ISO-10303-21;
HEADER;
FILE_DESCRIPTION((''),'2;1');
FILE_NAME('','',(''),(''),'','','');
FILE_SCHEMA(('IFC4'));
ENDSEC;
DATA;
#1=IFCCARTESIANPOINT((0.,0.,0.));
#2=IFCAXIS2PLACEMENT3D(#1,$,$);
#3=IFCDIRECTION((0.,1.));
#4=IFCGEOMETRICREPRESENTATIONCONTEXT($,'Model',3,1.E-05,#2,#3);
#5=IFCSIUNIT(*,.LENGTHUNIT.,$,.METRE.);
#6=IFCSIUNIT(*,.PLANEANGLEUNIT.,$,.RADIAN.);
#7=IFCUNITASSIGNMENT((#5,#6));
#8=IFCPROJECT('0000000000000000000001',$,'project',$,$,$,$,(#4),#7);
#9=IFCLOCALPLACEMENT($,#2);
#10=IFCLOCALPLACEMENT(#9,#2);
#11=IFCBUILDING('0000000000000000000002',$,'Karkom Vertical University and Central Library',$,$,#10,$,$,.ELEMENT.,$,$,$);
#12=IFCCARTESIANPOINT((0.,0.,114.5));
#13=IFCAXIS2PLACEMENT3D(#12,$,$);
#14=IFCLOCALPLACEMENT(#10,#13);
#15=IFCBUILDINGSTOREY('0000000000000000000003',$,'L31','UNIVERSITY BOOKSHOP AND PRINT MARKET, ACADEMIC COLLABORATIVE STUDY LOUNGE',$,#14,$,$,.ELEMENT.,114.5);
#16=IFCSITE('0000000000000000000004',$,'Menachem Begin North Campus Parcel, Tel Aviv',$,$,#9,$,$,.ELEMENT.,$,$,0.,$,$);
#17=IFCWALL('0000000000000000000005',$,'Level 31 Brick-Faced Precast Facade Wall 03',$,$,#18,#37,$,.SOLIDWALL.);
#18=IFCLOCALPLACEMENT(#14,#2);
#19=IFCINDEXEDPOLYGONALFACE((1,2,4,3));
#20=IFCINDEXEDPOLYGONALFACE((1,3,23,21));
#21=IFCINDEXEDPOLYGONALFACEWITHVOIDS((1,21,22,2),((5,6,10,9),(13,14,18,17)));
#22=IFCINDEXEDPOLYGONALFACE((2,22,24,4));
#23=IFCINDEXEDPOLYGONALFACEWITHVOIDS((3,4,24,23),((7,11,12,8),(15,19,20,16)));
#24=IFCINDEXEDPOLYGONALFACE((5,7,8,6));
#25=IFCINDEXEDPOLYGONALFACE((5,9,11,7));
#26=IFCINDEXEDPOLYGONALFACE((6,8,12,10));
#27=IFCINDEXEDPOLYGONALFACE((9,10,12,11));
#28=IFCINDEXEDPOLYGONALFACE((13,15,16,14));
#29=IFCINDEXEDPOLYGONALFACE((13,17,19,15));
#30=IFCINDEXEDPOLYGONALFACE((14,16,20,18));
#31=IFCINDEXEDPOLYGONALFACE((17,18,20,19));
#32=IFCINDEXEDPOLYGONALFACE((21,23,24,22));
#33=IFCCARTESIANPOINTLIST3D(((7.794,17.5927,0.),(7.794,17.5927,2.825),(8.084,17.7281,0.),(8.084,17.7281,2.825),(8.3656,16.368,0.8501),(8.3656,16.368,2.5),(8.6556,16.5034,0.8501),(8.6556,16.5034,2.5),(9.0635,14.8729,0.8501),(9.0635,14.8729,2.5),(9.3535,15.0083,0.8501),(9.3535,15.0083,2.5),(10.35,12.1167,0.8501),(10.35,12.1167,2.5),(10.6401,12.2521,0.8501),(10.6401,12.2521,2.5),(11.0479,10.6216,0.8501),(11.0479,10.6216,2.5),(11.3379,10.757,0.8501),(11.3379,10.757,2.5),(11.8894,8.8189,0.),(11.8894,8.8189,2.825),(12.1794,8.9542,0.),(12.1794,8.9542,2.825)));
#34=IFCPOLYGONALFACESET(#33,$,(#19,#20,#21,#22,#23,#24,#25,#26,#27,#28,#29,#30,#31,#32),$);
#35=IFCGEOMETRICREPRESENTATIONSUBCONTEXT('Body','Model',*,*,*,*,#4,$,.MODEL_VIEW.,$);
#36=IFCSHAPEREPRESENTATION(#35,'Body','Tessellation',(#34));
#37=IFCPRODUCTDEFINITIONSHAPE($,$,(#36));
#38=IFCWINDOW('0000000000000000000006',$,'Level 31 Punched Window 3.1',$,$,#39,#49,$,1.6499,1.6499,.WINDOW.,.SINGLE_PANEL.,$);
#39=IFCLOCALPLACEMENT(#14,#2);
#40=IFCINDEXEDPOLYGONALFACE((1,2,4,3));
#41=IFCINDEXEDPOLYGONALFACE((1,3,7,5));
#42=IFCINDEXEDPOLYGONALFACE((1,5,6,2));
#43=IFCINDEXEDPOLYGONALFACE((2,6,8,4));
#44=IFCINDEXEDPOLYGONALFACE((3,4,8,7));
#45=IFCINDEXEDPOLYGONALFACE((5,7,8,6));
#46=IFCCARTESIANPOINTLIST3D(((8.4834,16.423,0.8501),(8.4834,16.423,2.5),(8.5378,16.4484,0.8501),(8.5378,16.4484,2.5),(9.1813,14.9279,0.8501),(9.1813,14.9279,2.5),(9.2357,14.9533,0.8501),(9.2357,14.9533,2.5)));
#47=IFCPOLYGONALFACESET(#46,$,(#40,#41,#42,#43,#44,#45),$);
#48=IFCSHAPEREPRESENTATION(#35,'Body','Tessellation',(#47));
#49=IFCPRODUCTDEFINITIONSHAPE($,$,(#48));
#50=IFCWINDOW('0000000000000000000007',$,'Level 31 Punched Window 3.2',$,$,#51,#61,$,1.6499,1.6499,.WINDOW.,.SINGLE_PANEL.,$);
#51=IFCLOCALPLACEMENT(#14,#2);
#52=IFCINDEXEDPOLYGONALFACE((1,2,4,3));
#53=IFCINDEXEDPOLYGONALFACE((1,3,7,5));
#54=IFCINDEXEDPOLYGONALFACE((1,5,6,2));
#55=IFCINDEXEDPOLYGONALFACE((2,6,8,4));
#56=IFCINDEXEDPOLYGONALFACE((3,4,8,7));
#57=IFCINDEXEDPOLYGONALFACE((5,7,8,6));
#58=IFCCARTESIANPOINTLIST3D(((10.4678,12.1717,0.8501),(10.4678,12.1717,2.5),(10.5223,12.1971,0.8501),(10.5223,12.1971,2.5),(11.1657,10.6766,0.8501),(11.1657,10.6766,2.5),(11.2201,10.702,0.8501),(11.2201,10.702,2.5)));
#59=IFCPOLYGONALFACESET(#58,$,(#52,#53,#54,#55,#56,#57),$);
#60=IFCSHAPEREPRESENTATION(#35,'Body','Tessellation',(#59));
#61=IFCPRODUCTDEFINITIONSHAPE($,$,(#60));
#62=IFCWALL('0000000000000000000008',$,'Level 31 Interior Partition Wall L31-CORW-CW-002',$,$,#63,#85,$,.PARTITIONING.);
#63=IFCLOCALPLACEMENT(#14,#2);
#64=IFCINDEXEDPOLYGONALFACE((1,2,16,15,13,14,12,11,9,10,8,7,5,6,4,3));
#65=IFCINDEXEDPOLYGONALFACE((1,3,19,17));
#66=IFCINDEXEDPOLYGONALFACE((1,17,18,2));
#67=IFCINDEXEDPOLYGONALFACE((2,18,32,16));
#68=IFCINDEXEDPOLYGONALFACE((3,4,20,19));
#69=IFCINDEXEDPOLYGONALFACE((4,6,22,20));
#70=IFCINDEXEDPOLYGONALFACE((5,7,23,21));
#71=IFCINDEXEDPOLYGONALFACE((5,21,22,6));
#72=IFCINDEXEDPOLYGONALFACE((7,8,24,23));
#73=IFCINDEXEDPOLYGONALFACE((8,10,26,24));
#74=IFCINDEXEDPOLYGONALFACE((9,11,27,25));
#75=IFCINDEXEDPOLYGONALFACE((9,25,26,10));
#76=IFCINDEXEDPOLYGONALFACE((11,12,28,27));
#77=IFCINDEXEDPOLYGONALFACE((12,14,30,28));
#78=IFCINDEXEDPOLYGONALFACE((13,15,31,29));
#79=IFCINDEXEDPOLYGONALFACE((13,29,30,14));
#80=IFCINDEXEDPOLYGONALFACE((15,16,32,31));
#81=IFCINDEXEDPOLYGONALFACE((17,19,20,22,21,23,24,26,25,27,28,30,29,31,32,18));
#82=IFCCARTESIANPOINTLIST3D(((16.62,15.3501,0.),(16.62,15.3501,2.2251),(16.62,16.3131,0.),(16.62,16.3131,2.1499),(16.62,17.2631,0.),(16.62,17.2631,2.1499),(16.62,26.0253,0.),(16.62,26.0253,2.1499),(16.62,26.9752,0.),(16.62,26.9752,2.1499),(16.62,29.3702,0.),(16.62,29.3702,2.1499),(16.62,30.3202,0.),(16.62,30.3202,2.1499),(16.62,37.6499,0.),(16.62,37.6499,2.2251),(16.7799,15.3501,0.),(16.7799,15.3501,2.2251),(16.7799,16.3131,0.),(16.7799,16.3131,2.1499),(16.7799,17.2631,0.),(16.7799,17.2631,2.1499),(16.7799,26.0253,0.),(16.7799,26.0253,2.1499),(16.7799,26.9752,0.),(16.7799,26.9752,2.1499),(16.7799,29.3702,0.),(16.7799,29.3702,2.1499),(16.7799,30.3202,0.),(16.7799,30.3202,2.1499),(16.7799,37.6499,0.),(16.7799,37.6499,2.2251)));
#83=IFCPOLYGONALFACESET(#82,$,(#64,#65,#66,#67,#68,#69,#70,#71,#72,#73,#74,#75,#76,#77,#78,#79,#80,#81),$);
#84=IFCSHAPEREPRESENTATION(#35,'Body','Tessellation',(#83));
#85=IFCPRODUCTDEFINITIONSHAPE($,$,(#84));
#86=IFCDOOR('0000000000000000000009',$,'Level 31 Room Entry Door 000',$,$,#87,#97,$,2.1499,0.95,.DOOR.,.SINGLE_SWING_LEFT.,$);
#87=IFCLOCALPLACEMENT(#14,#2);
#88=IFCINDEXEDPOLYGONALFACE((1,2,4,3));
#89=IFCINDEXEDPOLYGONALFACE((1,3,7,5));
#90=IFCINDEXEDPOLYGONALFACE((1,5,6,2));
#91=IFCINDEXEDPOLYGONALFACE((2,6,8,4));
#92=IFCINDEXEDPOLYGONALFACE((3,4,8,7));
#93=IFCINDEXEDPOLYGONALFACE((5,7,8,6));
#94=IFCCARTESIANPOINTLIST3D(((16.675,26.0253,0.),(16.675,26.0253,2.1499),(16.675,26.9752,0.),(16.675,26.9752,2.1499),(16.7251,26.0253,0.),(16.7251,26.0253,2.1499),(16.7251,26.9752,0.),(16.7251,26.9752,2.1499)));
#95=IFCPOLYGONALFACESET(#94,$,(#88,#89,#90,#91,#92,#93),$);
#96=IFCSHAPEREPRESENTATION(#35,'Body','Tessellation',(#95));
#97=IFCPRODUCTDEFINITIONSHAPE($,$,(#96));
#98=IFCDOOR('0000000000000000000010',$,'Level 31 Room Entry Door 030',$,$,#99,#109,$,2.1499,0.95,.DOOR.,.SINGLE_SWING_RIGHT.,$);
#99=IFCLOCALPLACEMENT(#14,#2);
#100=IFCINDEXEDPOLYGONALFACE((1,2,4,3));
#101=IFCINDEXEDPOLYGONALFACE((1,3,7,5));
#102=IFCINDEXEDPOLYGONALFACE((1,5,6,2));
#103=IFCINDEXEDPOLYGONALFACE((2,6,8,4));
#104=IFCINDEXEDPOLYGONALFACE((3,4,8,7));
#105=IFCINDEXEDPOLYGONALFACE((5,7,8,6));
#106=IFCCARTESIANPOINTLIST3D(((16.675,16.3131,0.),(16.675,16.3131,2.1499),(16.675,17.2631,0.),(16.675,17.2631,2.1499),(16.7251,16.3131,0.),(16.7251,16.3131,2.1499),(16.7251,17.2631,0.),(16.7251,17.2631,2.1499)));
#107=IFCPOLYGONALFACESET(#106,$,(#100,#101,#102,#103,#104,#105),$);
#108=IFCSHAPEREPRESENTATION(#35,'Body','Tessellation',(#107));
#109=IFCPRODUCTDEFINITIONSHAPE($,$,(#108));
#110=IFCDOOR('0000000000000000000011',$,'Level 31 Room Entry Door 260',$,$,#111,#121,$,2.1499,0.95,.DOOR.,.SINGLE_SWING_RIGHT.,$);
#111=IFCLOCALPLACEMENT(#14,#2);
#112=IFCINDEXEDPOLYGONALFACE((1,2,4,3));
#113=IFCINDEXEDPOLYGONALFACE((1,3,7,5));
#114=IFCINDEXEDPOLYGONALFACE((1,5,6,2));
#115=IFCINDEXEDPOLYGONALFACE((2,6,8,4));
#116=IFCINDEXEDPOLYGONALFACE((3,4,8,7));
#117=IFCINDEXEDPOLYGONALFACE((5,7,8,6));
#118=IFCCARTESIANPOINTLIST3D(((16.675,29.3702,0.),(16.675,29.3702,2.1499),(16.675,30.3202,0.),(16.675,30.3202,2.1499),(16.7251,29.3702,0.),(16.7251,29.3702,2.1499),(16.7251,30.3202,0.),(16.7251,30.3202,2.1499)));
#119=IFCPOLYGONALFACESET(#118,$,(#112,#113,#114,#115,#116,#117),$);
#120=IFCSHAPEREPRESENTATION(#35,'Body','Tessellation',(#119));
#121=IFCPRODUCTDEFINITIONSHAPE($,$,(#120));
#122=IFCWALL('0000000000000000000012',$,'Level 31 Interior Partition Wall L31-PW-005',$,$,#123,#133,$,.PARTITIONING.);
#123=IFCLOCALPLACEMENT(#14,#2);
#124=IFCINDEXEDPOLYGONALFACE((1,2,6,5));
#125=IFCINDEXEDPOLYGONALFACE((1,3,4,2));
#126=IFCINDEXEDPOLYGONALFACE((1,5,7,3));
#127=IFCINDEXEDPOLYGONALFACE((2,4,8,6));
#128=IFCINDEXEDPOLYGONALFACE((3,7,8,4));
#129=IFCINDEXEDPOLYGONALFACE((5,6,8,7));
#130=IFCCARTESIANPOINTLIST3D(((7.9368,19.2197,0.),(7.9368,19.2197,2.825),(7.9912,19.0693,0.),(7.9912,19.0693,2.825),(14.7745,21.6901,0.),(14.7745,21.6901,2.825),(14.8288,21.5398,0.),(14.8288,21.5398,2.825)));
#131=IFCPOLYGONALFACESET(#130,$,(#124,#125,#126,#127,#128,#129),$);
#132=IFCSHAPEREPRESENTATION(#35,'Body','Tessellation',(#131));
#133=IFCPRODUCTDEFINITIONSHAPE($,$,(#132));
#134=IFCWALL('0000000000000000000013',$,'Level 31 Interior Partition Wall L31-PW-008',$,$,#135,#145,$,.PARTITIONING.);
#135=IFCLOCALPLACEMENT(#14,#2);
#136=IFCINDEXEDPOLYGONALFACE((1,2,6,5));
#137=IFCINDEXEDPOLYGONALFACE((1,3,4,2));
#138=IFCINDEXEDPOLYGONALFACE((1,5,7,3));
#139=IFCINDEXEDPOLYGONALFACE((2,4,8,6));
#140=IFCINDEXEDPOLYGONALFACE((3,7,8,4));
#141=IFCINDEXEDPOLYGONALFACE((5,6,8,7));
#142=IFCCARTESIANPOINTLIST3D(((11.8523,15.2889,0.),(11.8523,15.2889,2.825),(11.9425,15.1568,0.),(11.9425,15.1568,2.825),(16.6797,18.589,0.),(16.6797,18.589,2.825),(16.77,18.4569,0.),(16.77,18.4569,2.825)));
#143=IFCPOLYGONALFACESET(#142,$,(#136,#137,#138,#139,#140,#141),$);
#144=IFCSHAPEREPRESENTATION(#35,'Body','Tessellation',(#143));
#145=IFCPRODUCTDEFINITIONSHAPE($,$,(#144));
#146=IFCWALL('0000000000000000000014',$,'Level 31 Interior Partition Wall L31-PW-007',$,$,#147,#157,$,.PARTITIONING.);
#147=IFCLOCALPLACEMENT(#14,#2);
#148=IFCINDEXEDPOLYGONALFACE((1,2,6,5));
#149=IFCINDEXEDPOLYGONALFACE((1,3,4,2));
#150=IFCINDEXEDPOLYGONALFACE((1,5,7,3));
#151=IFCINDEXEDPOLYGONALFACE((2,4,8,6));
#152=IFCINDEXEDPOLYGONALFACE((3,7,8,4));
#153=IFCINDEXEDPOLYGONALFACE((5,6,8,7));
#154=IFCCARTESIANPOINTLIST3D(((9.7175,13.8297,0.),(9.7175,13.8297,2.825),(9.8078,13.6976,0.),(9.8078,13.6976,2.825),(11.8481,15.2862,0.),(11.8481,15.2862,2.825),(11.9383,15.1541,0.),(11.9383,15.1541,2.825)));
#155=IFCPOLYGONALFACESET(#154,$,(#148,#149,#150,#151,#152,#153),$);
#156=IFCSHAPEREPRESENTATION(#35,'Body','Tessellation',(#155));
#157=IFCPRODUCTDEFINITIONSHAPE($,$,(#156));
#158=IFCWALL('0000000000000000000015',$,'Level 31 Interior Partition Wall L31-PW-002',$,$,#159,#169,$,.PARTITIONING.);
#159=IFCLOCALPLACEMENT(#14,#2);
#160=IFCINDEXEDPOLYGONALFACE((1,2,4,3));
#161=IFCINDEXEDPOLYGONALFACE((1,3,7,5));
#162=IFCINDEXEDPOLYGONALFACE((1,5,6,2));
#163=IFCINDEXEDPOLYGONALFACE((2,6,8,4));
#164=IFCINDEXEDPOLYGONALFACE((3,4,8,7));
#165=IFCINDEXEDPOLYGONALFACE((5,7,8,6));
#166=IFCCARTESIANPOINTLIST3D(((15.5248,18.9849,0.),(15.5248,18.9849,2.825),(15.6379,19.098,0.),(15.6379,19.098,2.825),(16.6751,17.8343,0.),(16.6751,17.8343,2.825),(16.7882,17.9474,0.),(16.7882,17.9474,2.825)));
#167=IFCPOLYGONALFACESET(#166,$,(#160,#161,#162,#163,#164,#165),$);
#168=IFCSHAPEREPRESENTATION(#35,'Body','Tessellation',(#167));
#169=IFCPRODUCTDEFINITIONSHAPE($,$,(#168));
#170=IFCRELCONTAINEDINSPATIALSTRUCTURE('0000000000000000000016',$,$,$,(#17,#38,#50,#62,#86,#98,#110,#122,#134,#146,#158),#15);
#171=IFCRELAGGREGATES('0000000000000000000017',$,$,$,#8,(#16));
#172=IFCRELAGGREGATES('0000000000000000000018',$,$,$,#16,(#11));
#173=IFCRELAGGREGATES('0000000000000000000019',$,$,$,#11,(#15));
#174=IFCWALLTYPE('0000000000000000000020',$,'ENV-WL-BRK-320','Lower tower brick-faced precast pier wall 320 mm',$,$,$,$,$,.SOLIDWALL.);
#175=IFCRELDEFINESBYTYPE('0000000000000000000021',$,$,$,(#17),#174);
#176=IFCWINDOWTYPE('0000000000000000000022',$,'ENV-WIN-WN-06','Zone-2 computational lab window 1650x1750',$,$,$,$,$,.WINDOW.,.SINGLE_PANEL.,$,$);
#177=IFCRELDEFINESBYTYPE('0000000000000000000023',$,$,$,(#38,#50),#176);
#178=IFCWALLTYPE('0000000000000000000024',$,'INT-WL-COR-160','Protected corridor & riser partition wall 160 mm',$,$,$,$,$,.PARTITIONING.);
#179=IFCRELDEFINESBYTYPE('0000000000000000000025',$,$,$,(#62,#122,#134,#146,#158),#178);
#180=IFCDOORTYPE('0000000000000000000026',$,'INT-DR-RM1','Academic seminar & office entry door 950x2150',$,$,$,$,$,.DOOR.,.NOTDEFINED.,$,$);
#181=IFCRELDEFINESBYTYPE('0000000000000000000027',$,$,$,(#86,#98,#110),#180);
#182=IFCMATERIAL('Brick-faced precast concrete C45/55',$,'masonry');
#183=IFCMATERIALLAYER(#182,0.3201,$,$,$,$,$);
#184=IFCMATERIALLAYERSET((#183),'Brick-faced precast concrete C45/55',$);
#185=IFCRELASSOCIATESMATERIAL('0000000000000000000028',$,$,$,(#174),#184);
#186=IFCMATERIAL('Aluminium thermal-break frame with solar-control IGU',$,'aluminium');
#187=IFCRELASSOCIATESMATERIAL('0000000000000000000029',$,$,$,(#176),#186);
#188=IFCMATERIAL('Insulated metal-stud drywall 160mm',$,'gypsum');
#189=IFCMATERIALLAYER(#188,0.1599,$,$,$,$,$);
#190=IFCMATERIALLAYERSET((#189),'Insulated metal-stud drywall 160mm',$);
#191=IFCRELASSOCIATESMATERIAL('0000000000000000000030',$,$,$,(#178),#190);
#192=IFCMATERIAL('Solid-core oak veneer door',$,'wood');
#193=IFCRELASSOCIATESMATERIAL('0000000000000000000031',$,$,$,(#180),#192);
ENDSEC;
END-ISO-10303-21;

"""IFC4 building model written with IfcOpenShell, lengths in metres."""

from ifc_helpers import new_model, si_unit, direction, frame, frame_2d, origin, origin_with_axes, place, context, subcontext, project, spatial, rectangle, extrude, source, transform, mapped, material, layer, layer_set, type_object, element, fill, save


model = new_model("IFC4")

# Units and contexts
model_context = context("Model", 3, precision=1e-05, world=origin(), true_north=direction((0.0, 1.0)))
body_context = subcontext(model_context, "Body", "Model", "MODEL_VIEW")
ifc_project = project(units=[si_unit("LENGTHUNIT", "METRE"), si_unit("PLANEANGLEUNIT", "RADIAN")], contexts=[model_context])

# Site, building, storey
site_placement = place(None, origin())
site = spatial("IfcSite", under=ifc_project, at=site_placement, Name="Menachem Begin North Campus Parcel, Tel Aviv", CompositionType="ELEMENT", RefElevation=0.0)
building_placement = place(site_placement, origin())
building = spatial("IfcBuilding", under=site, at=building_placement, Name="Karkom Vertical University and Central Library", CompositionType="ELEMENT")
storey_placement = place(building_placement, frame((0.0, 0.0, 114.5)))
storey = spatial("IfcBuildingStorey", under=building, at=storey_placement, Name="L31", Description="UNIVERSITY BOOKSHOP AND PRINT MARKET, ACADEMIC COLLABORATIVE STUDY LOUNGE", CompositionType="ELEMENT", Elevation=114.5)

# Wall, openings, windows
ifc_material_1 = material(Name="Brick-faced precast concrete C45/55", Category="masonry")
ifc_layer_1 = layer(ifc_material_1, 0.3201)
ifc_layer_set_1 = layer_set([ifc_layer_1], Name="Brick-faced precast concrete C45/55")
wall_type_1 = type_object("IfcWallType", Name="ENV-WL-BRK-320", Description="Lower tower brick-faced precast pier wall 320 mm", PredefinedType="SOLIDWALL", material=ifc_layer_set_1)
wall_1_placement = place(storey_placement, frame((7.939, 17.6604, 0.0), z_axis=(0.0, 0.0, 1.0), x_axis=(0.422967, -0.906145, 0.0)))
wall_1 = element("IfcWall", 1, at=wall_1_placement, inside=storey, type_object=wall_type_1, Name="Level 31 Brick-Faced Precast Facade Wall 03", PredefinedType="SOLIDWALL", context=body_context, shape_type="SweptSolid", body=[
    extrude(rectangle(XDim=9.6826, YDim=0.3201, at=frame_2d((4.8413, 0.0))), origin(), (0.0, 0.0, 1.0), 2.825),
])
opening_1_placement = place(wall_1_placement, frame((1.3516, 0.0, 0.8501)))
opening_1 = element("IfcOpeningElement", 2, at=opening_1_placement, cuts=wall_1, PredefinedType="OPENING", context=body_context, shape_type="SweptSolid", body=[
    extrude(rectangle(XDim=1.6499, YDim=1.6499, at=frame_2d((0.825, 0.825))), frame((0.0, 0.1699, 0.0), z_axis=(0.0, -1.0, 0.0), x_axis=(1.0, 0.0, 0.0)), (0.0, 0.0, 1.0), 0.3401),
])
opening_2_placement = place(wall_1_placement, frame((6.0432, 0.0, 0.8501)))
opening_2 = element("IfcOpeningElement", 3, at=opening_2_placement, cuts=wall_1, PredefinedType="OPENING", context=body_context, shape_type="SweptSolid", body=[
    extrude(rectangle(XDim=1.6499, YDim=1.6499, at=frame_2d((0.825, 0.825))), frame((0.0, 0.1699, 0.0), z_axis=(0.0, -1.0, 0.0), x_axis=(1.0, 0.0, 0.0)), (0.0, 0.0, 1.0), 0.3401),
])
ifc_material_2 = material(Name="Aluminium thermal-break frame with solar-control IGU", Category="aluminium")
window_type = type_object("IfcWindowType", Name="ENV-WIN-WN-06", Description="Zone-2 computational lab window 1650x1750", PartitioningType="SINGLE_PANEL", PredefinedType="WINDOW", material=ifc_material_2)
shared_shape_1 = source(origin_with_axes(), body_context, "Body", "SweptSolid", [
    extrude(rectangle(XDim=1.6499, YDim=1.6499, at=frame_2d((0.825, 0.825))), frame((0.0, 0.03, 0.0), z_axis=(0.0, -1.0, 0.0), x_axis=(1.0, 0.0, 0.0)), (0.0, 0.0, 1.0), 0.0601),
])
window_1_placement = place(opening_1_placement, origin())
window_1 = element("IfcWindow", 4, at=window_1_placement, inside=storey, type_object=window_type, Name="Level 31 Punched Window 3.1", OverallHeight=1.6499, OverallWidth=1.6499, PartitioningType="SINGLE_PANEL", PredefinedType="WINDOW", context=body_context, shape_type="MappedRepresentation", body=[
    mapped(shared_shape_1, transform((0.0, 0.0, 0.0), scale=1.0)),
])
fill(opening_1, window_1)
window_2_placement = place(opening_2_placement, origin())
window_2 = element("IfcWindow", 5, at=window_2_placement, inside=storey, type_object=window_type, Name="Level 31 Punched Window 3.2", OverallHeight=1.6499, OverallWidth=1.6499, PartitioningType="SINGLE_PANEL", PredefinedType="WINDOW", context=body_context, shape_type="MappedRepresentation", body=[
    mapped(shared_shape_1, transform((0.0, 0.0, 0.0), scale=1.0)),
])
fill(opening_2, window_2)

# Wall, openings, doors
ifc_material_3 = material(Name="Insulated metal-stud drywall 160mm", Category="gypsum")
ifc_layer_2 = layer(ifc_material_3, 0.1599)
ifc_layer_set_2 = layer_set([ifc_layer_2], Name="Insulated metal-stud drywall 160mm")
wall_type_2 = type_object("IfcWallType", Name="INT-WL-COR-160", Description="Protected corridor & riser partition wall 160 mm", PredefinedType="PARTITIONING", material=ifc_layer_set_2)
wall_2_placement = place(storey_placement, frame((16.7, 15.3501, 0.0), z_axis=(0.0, 0.0, 1.0), x_axis=(0.0, 1.0, 0.0)))
wall_2 = element("IfcWall", 6, at=wall_2_placement, inside=storey, type_object=wall_type_2, Name="Level 31 Interior Partition Wall L31-CORW-CW-002", PredefinedType="PARTITIONING", context=body_context, shape_type="SweptSolid", body=[
    extrude(rectangle(XDim=22.2998, YDim=0.1599, at=frame_2d((11.1499, 0.0))), origin(), (0.0, 0.0, 1.0), 2.2251),
])
opening_3_placement = place(wall_2_placement, frame((10.675, 0.0, 0.0)))
opening_3 = element("IfcOpeningElement", 7, at=opening_3_placement, cuts=wall_2, PredefinedType="OPENING", context=body_context, shape_type="SweptSolid", body=[
    extrude(rectangle(XDim=0.95, YDim=2.1499, at=frame_2d((0.4751, 1.075))), frame((0.0, 0.0898, 0.0), z_axis=(0.0, -1.0, 0.0), x_axis=(1.0, 0.0, 0.0)), (0.0, 0.0, 1.0), 0.1799),
])
opening_4_placement = place(wall_2_placement, frame((0.9629, 0.0, 0.0)))
opening_4 = element("IfcOpeningElement", 8, at=opening_4_placement, cuts=wall_2, PredefinedType="OPENING", context=body_context, shape_type="SweptSolid", body=[
    extrude(rectangle(XDim=0.95, YDim=2.1499, at=frame_2d((0.4751, 1.075))), frame((0.0, 0.0898, 0.0), z_axis=(0.0, -1.0, 0.0), x_axis=(1.0, 0.0, 0.0)), (0.0, 0.0, 1.0), 0.1799),
])
opening_5_placement = place(wall_2_placement, frame((14.02, 0.0, 0.0)))
opening_5 = element("IfcOpeningElement", 9, at=opening_5_placement, cuts=wall_2, PredefinedType="OPENING", context=body_context, shape_type="SweptSolid", body=[
    extrude(rectangle(XDim=0.95, YDim=2.1499, at=frame_2d((0.4751, 1.075))), frame((0.0, 0.0898, 0.0), z_axis=(0.0, -1.0, 0.0), x_axis=(1.0, 0.0, 0.0)), (0.0, 0.0, 1.0), 0.1799),
])
ifc_material_4 = material(Name="Solid-core oak veneer door", Category="wood")
door_type_1 = type_object("IfcDoorType", Name="INT-DR-RM1", Description="Academic seminar & office entry door 950x2150", OperationType="NOTDEFINED", PredefinedType="DOOR", material=ifc_material_4)
shared_shape_2 = source(origin_with_axes(), body_context, "Body", "SweptSolid", [
    extrude(rectangle(XDim=0.95, YDim=2.1499, at=frame_2d((0.4751, 1.075))), frame((0.0, 0.0249, 0.0), z_axis=(0.0, -1.0, 0.0), x_axis=(1.0, 0.0, 0.0)), (0.0, 0.0, 1.0), 0.05),
])
door_1_placement = place(opening_3_placement, origin())
door_1 = element("IfcDoor", 10, at=door_1_placement, inside=storey, type_object=door_type_1, Name="Level 31 Room Entry Door 000", OperationType="SINGLE_SWING_LEFT", OverallHeight=2.1499, OverallWidth=0.95, PredefinedType="DOOR", context=body_context, shape_type="MappedRepresentation", body=[
    mapped(shared_shape_2, transform((0.0, 0.0, 0.0), scale=1.0)),
])
fill(opening_3, door_1)
door_2_placement = place(opening_4_placement, origin())
door_2 = element("IfcDoor", 11, at=door_2_placement, inside=storey, type_object=door_type_1, Name="Level 31 Room Entry Door 030", OperationType="SINGLE_SWING_RIGHT", OverallHeight=2.1499, OverallWidth=0.95, PredefinedType="DOOR", context=body_context, shape_type="MappedRepresentation", body=[
    mapped(shared_shape_2, transform((0.0, 0.0, 0.0), scale=1.0)),
])
fill(opening_4, door_2)
door_3_placement = place(opening_5_placement, origin())
door_3 = element("IfcDoor", 12, at=door_3_placement, inside=storey, type_object=door_type_1, Name="Level 31 Room Entry Door 260", OperationType="SINGLE_SWING_RIGHT", OverallHeight=2.1499, OverallWidth=0.95, PredefinedType="DOOR", context=body_context, shape_type="MappedRepresentation", body=[
    mapped(shared_shape_2, transform((0.0, 0.0, 0.0), scale=1.0)),
])
fill(opening_5, door_3)

# Walls
wall_3_placement = place(storey_placement, frame((14.8018, 21.615, 0.0), z_axis=(0.0, 0.0, 1.0), x_axis=(-0.940496, -0.339804, 0.0)))
element("IfcWall", 13, at=wall_3_placement, inside=storey, type_object=wall_type_2, Name="Level 31 Interior Partition Wall L31-PW-005", PredefinedType="PARTITIONING", context=body_context, shape_type="SweptSolid", body=[
    extrude(rectangle(XDim=7.2703, YDim=0.1599, at=frame_2d((3.6353, 0.0))), origin(), (0.0, 0.0, 1.0), 2.825),
])
wall_4_placement = place(storey_placement, frame((16.7249, 18.5229, 0.0), z_axis=(0.0, 0.0, 1.0), x_axis=(-0.825539, -0.564346, 0.0)))
element("IfcWall", 14, at=wall_4_placement, inside=storey, type_object=wall_type_2, Name="Level 31 Interior Partition Wall L31-PW-008", PredefinedType="PARTITIONING", context=body_context, shape_type="SweptSolid", body=[
    extrude(rectangle(XDim=5.8477, YDim=0.1599, at=frame_2d((2.9238, 0.0))), origin(), (0.0, 0.0, 1.0), 2.825),
])
wall_5_placement = place(storey_placement, frame((11.8933, 15.2202, 0.0), z_axis=(0.0, 0.0, 1.0), x_axis=(-0.825532, -0.564355, 0.0)))
element("IfcWall", 15, at=wall_5_placement, inside=storey, type_object=wall_type_2, Name="Level 31 Interior Partition Wall L31-PW-007", PredefinedType="PARTITIONING", context=body_context, shape_type="SweptSolid", body=[
    extrude(rectangle(XDim=2.5808, YDim=0.1599, at=frame_2d((1.2905, 0.0))), origin(), (0.0, 0.0, 1.0), 2.825),
])
wall_6_placement = place(storey_placement, frame((16.7317, 17.8909, 0.0), z_axis=(0.0, 0.0, 1.0), x_axis=(-0.707032, 0.707182, 0.0)))
element("IfcWall", 16, at=wall_6_placement, inside=storey, type_object=wall_type_2, Name="Level 31 Interior Partition Wall L31-PW-002", PredefinedType="PARTITIONING", context=body_context, shape_type="SweptSolid", body=[
    extrude(rectangle(XDim=1.627, YDim=0.1599, at=frame_2d((0.8135, 0.0))), origin(), (0.0, 0.0, 1.0), 2.825),
])

save(model, "model.ifc")
